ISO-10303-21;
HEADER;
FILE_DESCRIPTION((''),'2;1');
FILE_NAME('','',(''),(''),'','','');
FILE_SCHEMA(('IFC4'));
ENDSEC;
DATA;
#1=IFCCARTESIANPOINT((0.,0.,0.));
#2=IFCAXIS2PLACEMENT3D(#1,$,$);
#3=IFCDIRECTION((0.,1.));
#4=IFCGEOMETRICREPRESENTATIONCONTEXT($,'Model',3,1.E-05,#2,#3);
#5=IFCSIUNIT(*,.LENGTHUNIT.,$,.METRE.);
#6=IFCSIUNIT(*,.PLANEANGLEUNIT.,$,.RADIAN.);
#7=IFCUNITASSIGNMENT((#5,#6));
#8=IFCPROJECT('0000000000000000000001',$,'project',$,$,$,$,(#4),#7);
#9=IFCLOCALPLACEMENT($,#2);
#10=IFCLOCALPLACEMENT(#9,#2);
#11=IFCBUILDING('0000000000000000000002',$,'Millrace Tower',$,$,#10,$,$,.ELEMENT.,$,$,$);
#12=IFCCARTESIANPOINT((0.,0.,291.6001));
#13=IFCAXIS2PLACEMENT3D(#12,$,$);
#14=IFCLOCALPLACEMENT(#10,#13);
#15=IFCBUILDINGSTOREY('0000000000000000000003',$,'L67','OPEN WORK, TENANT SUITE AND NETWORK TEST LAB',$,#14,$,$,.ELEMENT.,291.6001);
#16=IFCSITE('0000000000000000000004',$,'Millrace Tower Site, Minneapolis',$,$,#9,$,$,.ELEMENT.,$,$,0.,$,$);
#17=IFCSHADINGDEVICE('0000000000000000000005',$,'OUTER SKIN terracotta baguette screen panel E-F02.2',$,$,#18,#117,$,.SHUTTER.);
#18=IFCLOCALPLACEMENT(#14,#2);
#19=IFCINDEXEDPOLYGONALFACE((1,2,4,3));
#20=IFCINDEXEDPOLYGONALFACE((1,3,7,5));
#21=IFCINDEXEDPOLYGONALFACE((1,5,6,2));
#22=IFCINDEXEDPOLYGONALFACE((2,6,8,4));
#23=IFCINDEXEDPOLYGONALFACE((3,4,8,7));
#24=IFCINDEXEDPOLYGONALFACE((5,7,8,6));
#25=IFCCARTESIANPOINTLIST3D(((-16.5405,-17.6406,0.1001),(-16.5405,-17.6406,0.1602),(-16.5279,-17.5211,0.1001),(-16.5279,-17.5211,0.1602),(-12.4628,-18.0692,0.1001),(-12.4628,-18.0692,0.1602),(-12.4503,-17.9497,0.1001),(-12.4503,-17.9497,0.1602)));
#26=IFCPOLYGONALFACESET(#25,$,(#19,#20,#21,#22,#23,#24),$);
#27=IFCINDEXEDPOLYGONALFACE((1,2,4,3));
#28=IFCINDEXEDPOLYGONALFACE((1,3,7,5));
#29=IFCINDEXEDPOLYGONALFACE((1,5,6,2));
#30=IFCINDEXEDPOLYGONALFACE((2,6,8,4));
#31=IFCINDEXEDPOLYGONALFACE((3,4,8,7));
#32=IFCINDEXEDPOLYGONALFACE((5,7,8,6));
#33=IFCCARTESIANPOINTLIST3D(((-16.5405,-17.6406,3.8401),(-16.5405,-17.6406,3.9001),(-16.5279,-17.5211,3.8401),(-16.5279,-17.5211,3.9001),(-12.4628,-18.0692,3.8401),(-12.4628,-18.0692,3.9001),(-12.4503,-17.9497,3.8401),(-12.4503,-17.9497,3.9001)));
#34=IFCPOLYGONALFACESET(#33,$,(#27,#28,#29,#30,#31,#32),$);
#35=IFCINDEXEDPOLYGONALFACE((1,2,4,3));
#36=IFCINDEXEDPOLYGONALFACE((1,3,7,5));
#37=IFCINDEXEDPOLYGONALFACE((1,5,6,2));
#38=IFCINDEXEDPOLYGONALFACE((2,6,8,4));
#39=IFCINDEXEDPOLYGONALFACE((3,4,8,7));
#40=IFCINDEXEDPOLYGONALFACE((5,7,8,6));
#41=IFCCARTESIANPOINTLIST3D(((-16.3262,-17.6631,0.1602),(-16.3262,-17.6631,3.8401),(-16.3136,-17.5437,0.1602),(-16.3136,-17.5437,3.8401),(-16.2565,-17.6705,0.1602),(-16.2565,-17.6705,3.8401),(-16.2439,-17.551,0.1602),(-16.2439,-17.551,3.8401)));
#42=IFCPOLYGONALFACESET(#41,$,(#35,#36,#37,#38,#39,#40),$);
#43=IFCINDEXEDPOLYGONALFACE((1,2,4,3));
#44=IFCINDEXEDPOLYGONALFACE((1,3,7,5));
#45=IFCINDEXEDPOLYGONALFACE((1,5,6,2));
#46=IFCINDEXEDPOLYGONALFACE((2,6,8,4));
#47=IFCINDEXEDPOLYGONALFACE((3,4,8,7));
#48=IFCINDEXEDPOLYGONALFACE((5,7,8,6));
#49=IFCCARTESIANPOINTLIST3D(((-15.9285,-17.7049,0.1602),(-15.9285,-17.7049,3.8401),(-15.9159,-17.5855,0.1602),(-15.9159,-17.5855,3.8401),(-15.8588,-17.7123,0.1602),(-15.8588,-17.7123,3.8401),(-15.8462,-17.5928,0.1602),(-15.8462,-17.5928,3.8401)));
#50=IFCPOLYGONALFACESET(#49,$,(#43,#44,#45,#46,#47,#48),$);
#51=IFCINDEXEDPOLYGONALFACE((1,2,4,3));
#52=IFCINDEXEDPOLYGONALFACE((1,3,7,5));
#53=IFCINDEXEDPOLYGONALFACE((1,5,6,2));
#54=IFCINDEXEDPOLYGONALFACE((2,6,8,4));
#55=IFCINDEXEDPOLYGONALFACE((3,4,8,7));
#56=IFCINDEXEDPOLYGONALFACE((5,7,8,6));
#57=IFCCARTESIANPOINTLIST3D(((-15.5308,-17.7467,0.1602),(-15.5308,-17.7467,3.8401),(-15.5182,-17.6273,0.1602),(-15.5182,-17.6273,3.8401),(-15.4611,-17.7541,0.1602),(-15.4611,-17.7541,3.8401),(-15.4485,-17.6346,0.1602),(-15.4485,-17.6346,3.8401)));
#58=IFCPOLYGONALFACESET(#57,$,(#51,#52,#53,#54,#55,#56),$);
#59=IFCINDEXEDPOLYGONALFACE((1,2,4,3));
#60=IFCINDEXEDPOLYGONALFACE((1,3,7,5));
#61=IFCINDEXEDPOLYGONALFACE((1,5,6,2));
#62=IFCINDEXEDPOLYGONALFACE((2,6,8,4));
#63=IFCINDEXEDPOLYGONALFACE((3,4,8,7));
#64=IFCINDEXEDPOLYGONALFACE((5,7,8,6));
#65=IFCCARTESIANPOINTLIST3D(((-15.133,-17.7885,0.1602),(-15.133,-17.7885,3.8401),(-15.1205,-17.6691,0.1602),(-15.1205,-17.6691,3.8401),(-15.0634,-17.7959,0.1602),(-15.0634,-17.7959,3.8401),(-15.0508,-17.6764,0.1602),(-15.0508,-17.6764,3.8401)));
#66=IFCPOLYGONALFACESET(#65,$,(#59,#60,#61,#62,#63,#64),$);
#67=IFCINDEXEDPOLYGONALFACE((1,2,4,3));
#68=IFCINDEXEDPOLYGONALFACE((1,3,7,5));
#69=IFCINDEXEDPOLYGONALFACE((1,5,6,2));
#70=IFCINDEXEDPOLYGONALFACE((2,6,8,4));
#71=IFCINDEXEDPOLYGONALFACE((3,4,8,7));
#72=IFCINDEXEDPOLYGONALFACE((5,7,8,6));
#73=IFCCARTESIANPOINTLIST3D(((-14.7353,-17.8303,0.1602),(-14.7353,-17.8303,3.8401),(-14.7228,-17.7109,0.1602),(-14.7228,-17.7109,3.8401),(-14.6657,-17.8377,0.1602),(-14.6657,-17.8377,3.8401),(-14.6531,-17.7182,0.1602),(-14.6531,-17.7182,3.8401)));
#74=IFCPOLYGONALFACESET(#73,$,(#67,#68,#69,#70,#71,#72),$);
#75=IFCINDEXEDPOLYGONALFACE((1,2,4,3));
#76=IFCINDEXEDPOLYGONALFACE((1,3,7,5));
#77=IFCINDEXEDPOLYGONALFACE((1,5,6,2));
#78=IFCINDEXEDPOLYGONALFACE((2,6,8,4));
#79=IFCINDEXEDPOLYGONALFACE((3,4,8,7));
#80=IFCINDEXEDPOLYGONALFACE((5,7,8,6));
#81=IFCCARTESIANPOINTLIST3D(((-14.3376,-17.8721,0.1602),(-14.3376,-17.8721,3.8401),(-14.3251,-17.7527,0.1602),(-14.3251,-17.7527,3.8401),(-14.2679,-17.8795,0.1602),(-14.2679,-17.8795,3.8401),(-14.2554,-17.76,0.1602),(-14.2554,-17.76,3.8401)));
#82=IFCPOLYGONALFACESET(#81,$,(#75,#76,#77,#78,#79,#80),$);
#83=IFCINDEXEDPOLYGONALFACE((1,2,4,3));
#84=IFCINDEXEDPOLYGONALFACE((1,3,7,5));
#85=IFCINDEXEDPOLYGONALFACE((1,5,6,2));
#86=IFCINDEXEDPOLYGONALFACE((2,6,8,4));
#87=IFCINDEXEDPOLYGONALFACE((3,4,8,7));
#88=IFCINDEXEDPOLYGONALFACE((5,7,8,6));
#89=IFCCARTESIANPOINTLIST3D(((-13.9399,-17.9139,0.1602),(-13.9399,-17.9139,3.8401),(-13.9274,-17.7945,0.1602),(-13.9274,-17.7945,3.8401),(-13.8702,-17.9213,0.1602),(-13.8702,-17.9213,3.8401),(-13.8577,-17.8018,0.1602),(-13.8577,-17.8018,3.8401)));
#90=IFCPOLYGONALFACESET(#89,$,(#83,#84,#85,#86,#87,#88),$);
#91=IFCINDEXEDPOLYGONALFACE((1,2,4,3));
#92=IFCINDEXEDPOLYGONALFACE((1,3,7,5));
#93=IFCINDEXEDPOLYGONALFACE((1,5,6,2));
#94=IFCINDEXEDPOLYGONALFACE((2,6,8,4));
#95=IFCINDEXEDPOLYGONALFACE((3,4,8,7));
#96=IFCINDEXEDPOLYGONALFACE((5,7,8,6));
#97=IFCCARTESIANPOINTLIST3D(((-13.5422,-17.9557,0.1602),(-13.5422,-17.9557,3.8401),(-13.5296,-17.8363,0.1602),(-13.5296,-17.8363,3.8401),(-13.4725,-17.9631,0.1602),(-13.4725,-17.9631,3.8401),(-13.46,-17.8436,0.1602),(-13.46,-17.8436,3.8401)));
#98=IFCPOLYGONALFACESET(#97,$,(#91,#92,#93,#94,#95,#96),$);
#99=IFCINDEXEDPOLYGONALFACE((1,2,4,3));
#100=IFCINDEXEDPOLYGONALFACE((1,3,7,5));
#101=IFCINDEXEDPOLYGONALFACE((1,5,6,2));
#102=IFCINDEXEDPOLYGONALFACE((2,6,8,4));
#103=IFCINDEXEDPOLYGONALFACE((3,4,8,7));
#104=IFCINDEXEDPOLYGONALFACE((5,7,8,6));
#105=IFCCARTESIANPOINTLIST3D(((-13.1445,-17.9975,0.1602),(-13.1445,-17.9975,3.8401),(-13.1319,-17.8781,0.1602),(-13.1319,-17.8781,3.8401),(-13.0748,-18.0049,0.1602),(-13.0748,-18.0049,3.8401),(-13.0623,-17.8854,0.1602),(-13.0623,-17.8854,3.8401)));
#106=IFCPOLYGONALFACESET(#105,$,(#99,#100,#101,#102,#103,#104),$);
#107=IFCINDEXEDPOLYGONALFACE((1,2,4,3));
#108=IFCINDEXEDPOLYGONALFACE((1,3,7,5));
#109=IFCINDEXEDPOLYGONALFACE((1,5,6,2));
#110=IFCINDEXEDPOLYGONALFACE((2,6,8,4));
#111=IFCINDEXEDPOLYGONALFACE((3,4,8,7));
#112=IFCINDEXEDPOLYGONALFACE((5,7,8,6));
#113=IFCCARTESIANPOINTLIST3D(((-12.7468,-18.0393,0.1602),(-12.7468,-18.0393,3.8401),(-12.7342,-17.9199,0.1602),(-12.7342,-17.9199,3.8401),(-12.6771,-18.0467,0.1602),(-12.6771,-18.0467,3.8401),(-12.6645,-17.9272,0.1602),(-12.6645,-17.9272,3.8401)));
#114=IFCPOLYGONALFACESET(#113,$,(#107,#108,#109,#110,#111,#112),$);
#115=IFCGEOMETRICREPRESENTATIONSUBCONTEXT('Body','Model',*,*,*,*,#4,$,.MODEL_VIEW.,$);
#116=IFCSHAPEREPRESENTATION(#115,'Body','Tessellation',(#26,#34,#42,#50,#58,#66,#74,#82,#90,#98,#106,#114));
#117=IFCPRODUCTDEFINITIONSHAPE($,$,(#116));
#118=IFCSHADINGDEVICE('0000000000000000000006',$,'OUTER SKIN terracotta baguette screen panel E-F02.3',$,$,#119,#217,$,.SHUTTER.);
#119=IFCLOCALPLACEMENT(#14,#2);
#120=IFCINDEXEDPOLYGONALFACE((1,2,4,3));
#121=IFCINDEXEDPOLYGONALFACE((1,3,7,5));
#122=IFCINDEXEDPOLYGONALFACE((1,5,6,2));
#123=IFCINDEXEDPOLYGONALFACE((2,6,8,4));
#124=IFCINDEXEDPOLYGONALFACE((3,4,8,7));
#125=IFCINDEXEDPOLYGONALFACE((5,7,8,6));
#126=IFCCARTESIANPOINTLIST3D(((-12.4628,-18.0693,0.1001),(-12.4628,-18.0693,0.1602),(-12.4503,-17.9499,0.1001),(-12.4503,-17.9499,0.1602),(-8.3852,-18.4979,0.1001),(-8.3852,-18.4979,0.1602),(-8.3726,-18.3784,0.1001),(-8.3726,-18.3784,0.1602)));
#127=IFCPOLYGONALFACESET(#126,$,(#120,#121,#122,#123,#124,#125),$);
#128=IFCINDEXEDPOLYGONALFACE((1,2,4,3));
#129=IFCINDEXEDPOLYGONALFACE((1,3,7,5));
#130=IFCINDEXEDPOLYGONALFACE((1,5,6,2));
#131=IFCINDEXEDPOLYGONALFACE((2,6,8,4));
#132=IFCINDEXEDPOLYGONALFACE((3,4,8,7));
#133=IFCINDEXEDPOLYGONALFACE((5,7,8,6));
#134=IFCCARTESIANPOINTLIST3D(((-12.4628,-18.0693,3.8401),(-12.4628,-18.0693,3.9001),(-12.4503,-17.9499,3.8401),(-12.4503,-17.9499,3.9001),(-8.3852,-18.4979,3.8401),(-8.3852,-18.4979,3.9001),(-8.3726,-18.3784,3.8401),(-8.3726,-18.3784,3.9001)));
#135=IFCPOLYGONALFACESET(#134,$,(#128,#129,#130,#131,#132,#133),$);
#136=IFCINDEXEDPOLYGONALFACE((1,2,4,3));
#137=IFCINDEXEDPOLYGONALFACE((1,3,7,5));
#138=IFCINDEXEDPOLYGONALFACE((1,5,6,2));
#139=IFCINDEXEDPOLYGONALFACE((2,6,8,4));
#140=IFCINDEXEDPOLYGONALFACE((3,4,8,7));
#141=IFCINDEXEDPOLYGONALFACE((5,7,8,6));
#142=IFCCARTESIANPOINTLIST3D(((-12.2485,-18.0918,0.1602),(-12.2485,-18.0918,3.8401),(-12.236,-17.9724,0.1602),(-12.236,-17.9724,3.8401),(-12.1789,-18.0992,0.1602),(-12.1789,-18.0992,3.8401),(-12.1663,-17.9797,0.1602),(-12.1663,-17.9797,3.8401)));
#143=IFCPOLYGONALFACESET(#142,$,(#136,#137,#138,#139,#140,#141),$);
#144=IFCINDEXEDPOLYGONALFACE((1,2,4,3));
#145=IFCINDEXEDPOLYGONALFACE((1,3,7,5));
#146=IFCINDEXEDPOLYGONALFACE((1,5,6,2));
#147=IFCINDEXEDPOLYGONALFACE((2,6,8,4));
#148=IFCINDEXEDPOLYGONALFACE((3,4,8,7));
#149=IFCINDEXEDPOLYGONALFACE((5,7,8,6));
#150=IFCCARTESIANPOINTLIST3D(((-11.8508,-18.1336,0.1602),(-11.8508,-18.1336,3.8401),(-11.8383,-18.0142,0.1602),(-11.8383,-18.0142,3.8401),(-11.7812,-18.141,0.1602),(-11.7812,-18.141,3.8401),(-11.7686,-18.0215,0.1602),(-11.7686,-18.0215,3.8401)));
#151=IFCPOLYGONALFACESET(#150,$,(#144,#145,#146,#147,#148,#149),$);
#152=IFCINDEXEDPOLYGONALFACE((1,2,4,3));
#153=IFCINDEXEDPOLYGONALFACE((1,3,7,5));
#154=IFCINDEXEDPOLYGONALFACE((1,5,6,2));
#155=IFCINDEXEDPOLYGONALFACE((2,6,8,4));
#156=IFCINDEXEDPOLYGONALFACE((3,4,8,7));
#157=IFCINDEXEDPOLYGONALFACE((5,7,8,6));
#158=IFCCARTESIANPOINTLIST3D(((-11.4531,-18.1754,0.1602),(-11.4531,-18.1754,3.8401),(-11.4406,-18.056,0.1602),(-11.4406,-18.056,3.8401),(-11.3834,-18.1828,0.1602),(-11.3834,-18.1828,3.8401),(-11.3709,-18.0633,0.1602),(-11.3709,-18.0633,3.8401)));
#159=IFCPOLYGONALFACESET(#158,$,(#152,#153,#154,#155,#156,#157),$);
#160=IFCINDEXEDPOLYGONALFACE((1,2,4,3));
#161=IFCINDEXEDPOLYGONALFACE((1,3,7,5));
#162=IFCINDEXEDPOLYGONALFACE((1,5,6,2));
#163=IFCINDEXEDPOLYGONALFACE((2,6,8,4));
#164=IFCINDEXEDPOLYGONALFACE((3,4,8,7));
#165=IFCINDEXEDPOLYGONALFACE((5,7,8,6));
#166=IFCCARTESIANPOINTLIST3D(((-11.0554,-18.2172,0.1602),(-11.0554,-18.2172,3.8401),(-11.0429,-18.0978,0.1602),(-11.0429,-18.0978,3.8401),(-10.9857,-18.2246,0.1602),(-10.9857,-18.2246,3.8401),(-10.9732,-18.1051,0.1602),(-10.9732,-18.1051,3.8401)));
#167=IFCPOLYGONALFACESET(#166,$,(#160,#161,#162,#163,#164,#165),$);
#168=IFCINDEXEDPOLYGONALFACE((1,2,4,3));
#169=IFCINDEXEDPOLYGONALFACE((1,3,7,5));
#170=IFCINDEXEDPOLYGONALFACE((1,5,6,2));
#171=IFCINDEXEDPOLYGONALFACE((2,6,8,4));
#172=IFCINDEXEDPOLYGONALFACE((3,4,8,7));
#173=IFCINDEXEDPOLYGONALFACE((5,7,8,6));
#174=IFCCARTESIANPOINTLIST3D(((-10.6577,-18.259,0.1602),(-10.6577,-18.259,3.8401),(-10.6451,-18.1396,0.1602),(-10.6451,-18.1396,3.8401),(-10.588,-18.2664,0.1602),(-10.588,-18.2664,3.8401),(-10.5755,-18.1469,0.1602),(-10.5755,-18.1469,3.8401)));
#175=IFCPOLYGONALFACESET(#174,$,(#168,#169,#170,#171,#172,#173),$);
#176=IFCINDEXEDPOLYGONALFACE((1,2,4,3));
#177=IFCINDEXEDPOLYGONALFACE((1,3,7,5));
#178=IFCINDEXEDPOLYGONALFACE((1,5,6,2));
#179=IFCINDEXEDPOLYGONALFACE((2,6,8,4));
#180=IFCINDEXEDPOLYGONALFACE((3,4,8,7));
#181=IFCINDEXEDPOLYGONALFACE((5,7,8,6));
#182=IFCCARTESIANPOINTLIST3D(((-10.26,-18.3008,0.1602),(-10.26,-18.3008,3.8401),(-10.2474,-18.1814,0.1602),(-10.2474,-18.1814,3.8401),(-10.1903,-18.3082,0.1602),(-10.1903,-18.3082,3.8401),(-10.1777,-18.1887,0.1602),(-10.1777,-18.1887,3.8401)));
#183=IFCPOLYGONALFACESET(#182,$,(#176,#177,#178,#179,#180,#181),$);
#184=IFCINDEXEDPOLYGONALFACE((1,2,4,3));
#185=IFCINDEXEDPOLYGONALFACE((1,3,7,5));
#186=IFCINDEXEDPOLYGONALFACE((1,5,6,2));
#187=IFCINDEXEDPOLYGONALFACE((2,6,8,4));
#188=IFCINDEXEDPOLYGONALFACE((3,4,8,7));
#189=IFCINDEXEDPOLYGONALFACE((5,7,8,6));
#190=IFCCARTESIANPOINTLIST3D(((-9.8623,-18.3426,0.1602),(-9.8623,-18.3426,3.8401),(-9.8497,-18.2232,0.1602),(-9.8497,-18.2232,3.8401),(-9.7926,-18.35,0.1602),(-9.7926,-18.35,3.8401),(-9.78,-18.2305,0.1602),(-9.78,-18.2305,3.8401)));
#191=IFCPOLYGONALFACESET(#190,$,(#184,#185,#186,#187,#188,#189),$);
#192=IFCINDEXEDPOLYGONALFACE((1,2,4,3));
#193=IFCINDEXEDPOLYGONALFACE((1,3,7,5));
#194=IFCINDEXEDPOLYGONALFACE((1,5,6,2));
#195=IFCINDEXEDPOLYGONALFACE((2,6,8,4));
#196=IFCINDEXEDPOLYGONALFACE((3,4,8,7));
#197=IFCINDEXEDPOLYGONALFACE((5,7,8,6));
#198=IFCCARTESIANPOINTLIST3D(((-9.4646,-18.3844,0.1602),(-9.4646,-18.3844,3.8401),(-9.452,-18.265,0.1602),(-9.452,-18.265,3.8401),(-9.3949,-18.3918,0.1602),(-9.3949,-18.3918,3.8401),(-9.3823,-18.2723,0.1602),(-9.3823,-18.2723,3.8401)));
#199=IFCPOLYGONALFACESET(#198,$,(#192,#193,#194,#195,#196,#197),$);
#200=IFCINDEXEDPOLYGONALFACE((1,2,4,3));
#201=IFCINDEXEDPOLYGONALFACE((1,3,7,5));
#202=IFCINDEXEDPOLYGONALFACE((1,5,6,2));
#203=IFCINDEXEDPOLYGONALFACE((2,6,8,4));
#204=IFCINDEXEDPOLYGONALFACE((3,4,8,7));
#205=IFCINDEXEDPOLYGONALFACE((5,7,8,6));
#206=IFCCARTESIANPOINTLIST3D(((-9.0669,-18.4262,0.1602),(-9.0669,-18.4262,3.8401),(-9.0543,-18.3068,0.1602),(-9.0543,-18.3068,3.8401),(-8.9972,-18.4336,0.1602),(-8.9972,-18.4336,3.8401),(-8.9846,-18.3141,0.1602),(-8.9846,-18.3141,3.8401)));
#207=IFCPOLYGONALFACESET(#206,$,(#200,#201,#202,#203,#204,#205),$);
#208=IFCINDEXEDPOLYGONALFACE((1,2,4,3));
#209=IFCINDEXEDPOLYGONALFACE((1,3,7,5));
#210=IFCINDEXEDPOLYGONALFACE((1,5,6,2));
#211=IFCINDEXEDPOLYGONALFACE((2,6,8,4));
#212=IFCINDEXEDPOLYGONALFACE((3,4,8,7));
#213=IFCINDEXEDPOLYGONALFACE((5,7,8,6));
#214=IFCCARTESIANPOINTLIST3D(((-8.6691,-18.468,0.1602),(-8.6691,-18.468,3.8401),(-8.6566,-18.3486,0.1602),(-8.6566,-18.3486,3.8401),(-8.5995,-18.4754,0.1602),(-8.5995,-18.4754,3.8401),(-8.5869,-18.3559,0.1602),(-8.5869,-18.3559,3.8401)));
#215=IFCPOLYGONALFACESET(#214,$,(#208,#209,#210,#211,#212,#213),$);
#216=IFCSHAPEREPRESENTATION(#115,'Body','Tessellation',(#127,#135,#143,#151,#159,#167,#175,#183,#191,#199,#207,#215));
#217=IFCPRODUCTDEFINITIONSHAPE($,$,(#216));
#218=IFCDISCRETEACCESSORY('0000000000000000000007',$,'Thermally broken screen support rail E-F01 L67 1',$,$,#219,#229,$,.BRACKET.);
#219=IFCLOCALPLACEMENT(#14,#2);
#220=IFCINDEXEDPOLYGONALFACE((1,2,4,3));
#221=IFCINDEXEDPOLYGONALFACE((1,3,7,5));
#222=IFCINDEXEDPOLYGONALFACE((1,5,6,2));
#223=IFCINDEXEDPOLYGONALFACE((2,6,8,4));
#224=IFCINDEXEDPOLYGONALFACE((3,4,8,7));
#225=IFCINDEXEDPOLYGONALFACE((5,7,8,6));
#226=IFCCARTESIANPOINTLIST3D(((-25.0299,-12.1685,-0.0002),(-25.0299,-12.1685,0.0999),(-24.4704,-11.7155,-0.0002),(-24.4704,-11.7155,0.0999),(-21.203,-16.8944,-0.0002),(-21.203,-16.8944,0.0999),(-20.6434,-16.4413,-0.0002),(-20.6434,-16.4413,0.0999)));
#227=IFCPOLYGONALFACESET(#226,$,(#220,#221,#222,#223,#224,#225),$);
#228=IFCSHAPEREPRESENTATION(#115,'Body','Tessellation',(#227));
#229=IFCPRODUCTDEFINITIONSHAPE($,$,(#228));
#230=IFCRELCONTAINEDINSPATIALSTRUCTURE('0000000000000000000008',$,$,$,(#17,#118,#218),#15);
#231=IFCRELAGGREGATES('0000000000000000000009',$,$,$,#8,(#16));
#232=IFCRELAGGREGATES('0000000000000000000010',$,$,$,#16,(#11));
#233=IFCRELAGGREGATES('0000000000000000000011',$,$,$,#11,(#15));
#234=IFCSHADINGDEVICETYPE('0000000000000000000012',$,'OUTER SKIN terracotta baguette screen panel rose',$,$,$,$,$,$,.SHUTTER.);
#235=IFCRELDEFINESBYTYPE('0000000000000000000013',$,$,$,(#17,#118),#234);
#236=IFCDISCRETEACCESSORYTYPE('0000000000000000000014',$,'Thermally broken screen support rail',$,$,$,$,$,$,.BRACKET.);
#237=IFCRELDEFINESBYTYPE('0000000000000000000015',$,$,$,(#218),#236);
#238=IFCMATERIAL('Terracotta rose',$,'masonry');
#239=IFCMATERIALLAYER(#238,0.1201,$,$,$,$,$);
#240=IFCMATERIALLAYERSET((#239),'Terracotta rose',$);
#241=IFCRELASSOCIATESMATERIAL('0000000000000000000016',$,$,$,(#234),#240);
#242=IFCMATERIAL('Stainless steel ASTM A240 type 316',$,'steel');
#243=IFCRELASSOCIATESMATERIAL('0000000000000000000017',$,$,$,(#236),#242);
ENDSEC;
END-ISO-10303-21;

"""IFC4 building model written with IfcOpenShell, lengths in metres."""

from ifc_helpers import new_model, entity, si_unit, direction, frame, frame_2d, origin, origin_2d, place, context, subcontext, project, spatial, rectangle, extrude, source, transform, mapped, material, layer, layer_set, type_object, element, save


model = new_model("IFC4")

# Units and contexts
model_context = context("Model", 3, precision=1e-05, world=origin(), true_north=direction((0.0, 1.0)))
body_context = subcontext(model_context, "Body", "Model", "MODEL_VIEW")
ifc_project = project(units=[si_unit("LENGTHUNIT", "METRE"), si_unit("PLANEANGLEUNIT", "RADIAN")], contexts=[model_context])

# Site, building, storey
site_placement = place(None, origin())
site = spatial("IfcSite", under=ifc_project, at=site_placement, Name="Millrace Tower Site, Minneapolis", CompositionType="ELEMENT", RefElevation=0.0)
building_placement = place(site_placement, origin())
building = spatial("IfcBuilding", under=site, at=building_placement, Name="Millrace Tower", CompositionType="ELEMENT")
storey_placement = place(building_placement, frame((0.0, 0.0, 291.6001)))
storey = spatial("IfcBuildingStorey", under=building, at=storey_placement, Name="L67", Description="OPEN WORK, TENANT SUITE AND NETWORK TEST LAB", CompositionType="ELEMENT", Elevation=291.6001)

# Shading devices
ifc_material_1 = material(Name="Terracotta rose", Category="masonry")
ifc_layer_1 = layer(ifc_material_1, 0.1201)
ifc_layer_set_1 = layer_set([ifc_layer_1], Name="Terracotta rose")
shading_device_type = type_object("IfcShadingDeviceType", Name="OUTER SKIN terracotta baguette screen panel rose", PredefinedType="SHUTTER", material=ifc_layer_set_1)
cartesian_point_1 = entity("IfcCartesianPoint", [-2.05, 0.0601])
shared_polyline_1 = entity("IfcPolyline", [cartesian_point_1, entity("IfcCartesianPoint", [2.05, 0.0601]), entity("IfcCartesianPoint", [2.05, -0.0601]), entity("IfcCartesianPoint", [-2.05, -0.0601]), cartesian_point_1])
shared_shape_1 = source(origin(), body_context, "Body", "SweptSolid", [
    entity("IfcExtrudedAreaSolid", entity("IfcArbitraryClosedProfileDef", "AREA", None, shared_polyline_1), entity("IfcAxis2Placement3D", entity("IfcCartesianPoint", [0.0, 0.0, 0.0])), entity("IfcDirection", [0.0, 0.0, 1.0]), 0.0601),
    entity("IfcExtrudedAreaSolid", entity("IfcArbitraryClosedProfileDef", "AREA", None, shared_polyline_1), entity("IfcAxis2Placement3D", entity("IfcCartesianPoint", [0.0, 0.0, 3.74])), entity("IfcDirection", [0.0, 0.0, 1.0]), 0.0601),
    extrude(rectangle(XDim=0.0701, YDim=0.1201, at=frame_2d((-1.7996, 0.0))), frame((0.0, 0.0, 0.0601)), (0.0, 0.0, 1.0), 3.6799),
    extrude(rectangle(XDim=0.0701, YDim=0.1201, at=frame_2d((-1.3997, 0.0))), frame((0.0, 0.0, 0.0601)), (0.0, 0.0, 1.0), 3.6799),
    extrude(rectangle(XDim=0.0701, YDim=0.1201, at=frame_2d((-0.9998, 0.0))), frame((0.0, 0.0, 0.0601)), (0.0, 0.0, 1.0), 3.6799),
    extrude(rectangle(XDim=0.0701, YDim=0.1201, at=frame_2d((-0.5999, 0.0))), frame((0.0, 0.0, 0.0601)), (0.0, 0.0, 1.0), 3.6799),
    extrude(rectangle(XDim=0.0701, YDim=0.1201, at=frame_2d((-0.2, 0.0))), frame((0.0, 0.0, 0.0601)), (0.0, 0.0, 1.0), 3.6799),
    extrude(rectangle(XDim=0.0701, YDim=0.1201, at=frame_2d((0.2, 0.0))), frame((0.0, 0.0, 0.0601)), (0.0, 0.0, 1.0), 3.6799),
    extrude(rectangle(XDim=0.0701, YDim=0.1201, at=frame_2d((0.5999, 0.0))), frame((0.0, 0.0, 0.0601)), (0.0, 0.0, 1.0), 3.6799),
    extrude(rectangle(XDim=0.0701, YDim=0.1201, at=frame_2d((0.9998, 0.0))), frame((0.0, 0.0, 0.0601)), (0.0, 0.0, 1.0), 3.6799),
    extrude(rectangle(XDim=0.0701, YDim=0.1201, at=frame_2d((1.3997, 0.0))), frame((0.0, 0.0, 0.0601)), (0.0, 0.0, 1.0), 3.6799),
    extrude(rectangle(XDim=0.0701, YDim=0.1201, at=frame_2d((1.7996, 0.0))), frame((0.0, 0.0, 0.0601)), (0.0, 0.0, 1.0), 3.6799),
])
for number, where, z_axis, x_axis, name in (
    (1, (-14.4954, -17.7952, 0.1001), (0.0, 0.0, 1.0), (0.994522, -0.104528, 0.0), "OUTER SKIN terracotta baguette screen panel E-F02.2"),
    (2, (-10.4177, -18.2239, 0.1001), (0.0, 0.0, 1.0), (0.994522, -0.104528, 0.0), "OUTER SKIN terracotta baguette screen panel E-F02.3"),
):
    element("IfcShadingDevice", number, at=place(storey_placement, frame(where, z_axis=z_axis, x_axis=x_axis)), inside=storey, type_object=shading_device_type, Name=name, PredefinedType="SHUTTER", context=body_context, shape_type="MappedRepresentation", body=[
        mapped(shared_shape_1, transform((0.0, 0.0, 0.0), scale=1.0)),
    ])

# Discrete accessory
ifc_material_2 = material(Name="Stainless steel ASTM A240 type 316", Category="steel")
discrete_accessory_type = type_object("IfcDiscreteAccessoryType", Name="Thermally broken screen support rail", PredefinedType="BRACKET", material=ifc_material_2)
discrete_accessory_placement = place(storey_placement, frame((-22.8367, -14.3049, -0.0002), z_axis=(0.0, 0.0, 1.0), x_axis=(0.62932, -0.777146, 0.0)))
element("IfcDiscreteAccessory", 3, at=discrete_accessory_placement, inside=storey, type_object=discrete_accessory_type, Name="Thermally broken screen support rail E-F01 L67 1", PredefinedType="BRACKET", context=body_context, shape_type="SweptSolid", body=[
    extrude(rectangle(XDim=6.0811, YDim=0.72, at=origin_2d()), origin(), (0.0, 0.0, 1.0), 0.1001),
])

save(model, "model.ifc")
